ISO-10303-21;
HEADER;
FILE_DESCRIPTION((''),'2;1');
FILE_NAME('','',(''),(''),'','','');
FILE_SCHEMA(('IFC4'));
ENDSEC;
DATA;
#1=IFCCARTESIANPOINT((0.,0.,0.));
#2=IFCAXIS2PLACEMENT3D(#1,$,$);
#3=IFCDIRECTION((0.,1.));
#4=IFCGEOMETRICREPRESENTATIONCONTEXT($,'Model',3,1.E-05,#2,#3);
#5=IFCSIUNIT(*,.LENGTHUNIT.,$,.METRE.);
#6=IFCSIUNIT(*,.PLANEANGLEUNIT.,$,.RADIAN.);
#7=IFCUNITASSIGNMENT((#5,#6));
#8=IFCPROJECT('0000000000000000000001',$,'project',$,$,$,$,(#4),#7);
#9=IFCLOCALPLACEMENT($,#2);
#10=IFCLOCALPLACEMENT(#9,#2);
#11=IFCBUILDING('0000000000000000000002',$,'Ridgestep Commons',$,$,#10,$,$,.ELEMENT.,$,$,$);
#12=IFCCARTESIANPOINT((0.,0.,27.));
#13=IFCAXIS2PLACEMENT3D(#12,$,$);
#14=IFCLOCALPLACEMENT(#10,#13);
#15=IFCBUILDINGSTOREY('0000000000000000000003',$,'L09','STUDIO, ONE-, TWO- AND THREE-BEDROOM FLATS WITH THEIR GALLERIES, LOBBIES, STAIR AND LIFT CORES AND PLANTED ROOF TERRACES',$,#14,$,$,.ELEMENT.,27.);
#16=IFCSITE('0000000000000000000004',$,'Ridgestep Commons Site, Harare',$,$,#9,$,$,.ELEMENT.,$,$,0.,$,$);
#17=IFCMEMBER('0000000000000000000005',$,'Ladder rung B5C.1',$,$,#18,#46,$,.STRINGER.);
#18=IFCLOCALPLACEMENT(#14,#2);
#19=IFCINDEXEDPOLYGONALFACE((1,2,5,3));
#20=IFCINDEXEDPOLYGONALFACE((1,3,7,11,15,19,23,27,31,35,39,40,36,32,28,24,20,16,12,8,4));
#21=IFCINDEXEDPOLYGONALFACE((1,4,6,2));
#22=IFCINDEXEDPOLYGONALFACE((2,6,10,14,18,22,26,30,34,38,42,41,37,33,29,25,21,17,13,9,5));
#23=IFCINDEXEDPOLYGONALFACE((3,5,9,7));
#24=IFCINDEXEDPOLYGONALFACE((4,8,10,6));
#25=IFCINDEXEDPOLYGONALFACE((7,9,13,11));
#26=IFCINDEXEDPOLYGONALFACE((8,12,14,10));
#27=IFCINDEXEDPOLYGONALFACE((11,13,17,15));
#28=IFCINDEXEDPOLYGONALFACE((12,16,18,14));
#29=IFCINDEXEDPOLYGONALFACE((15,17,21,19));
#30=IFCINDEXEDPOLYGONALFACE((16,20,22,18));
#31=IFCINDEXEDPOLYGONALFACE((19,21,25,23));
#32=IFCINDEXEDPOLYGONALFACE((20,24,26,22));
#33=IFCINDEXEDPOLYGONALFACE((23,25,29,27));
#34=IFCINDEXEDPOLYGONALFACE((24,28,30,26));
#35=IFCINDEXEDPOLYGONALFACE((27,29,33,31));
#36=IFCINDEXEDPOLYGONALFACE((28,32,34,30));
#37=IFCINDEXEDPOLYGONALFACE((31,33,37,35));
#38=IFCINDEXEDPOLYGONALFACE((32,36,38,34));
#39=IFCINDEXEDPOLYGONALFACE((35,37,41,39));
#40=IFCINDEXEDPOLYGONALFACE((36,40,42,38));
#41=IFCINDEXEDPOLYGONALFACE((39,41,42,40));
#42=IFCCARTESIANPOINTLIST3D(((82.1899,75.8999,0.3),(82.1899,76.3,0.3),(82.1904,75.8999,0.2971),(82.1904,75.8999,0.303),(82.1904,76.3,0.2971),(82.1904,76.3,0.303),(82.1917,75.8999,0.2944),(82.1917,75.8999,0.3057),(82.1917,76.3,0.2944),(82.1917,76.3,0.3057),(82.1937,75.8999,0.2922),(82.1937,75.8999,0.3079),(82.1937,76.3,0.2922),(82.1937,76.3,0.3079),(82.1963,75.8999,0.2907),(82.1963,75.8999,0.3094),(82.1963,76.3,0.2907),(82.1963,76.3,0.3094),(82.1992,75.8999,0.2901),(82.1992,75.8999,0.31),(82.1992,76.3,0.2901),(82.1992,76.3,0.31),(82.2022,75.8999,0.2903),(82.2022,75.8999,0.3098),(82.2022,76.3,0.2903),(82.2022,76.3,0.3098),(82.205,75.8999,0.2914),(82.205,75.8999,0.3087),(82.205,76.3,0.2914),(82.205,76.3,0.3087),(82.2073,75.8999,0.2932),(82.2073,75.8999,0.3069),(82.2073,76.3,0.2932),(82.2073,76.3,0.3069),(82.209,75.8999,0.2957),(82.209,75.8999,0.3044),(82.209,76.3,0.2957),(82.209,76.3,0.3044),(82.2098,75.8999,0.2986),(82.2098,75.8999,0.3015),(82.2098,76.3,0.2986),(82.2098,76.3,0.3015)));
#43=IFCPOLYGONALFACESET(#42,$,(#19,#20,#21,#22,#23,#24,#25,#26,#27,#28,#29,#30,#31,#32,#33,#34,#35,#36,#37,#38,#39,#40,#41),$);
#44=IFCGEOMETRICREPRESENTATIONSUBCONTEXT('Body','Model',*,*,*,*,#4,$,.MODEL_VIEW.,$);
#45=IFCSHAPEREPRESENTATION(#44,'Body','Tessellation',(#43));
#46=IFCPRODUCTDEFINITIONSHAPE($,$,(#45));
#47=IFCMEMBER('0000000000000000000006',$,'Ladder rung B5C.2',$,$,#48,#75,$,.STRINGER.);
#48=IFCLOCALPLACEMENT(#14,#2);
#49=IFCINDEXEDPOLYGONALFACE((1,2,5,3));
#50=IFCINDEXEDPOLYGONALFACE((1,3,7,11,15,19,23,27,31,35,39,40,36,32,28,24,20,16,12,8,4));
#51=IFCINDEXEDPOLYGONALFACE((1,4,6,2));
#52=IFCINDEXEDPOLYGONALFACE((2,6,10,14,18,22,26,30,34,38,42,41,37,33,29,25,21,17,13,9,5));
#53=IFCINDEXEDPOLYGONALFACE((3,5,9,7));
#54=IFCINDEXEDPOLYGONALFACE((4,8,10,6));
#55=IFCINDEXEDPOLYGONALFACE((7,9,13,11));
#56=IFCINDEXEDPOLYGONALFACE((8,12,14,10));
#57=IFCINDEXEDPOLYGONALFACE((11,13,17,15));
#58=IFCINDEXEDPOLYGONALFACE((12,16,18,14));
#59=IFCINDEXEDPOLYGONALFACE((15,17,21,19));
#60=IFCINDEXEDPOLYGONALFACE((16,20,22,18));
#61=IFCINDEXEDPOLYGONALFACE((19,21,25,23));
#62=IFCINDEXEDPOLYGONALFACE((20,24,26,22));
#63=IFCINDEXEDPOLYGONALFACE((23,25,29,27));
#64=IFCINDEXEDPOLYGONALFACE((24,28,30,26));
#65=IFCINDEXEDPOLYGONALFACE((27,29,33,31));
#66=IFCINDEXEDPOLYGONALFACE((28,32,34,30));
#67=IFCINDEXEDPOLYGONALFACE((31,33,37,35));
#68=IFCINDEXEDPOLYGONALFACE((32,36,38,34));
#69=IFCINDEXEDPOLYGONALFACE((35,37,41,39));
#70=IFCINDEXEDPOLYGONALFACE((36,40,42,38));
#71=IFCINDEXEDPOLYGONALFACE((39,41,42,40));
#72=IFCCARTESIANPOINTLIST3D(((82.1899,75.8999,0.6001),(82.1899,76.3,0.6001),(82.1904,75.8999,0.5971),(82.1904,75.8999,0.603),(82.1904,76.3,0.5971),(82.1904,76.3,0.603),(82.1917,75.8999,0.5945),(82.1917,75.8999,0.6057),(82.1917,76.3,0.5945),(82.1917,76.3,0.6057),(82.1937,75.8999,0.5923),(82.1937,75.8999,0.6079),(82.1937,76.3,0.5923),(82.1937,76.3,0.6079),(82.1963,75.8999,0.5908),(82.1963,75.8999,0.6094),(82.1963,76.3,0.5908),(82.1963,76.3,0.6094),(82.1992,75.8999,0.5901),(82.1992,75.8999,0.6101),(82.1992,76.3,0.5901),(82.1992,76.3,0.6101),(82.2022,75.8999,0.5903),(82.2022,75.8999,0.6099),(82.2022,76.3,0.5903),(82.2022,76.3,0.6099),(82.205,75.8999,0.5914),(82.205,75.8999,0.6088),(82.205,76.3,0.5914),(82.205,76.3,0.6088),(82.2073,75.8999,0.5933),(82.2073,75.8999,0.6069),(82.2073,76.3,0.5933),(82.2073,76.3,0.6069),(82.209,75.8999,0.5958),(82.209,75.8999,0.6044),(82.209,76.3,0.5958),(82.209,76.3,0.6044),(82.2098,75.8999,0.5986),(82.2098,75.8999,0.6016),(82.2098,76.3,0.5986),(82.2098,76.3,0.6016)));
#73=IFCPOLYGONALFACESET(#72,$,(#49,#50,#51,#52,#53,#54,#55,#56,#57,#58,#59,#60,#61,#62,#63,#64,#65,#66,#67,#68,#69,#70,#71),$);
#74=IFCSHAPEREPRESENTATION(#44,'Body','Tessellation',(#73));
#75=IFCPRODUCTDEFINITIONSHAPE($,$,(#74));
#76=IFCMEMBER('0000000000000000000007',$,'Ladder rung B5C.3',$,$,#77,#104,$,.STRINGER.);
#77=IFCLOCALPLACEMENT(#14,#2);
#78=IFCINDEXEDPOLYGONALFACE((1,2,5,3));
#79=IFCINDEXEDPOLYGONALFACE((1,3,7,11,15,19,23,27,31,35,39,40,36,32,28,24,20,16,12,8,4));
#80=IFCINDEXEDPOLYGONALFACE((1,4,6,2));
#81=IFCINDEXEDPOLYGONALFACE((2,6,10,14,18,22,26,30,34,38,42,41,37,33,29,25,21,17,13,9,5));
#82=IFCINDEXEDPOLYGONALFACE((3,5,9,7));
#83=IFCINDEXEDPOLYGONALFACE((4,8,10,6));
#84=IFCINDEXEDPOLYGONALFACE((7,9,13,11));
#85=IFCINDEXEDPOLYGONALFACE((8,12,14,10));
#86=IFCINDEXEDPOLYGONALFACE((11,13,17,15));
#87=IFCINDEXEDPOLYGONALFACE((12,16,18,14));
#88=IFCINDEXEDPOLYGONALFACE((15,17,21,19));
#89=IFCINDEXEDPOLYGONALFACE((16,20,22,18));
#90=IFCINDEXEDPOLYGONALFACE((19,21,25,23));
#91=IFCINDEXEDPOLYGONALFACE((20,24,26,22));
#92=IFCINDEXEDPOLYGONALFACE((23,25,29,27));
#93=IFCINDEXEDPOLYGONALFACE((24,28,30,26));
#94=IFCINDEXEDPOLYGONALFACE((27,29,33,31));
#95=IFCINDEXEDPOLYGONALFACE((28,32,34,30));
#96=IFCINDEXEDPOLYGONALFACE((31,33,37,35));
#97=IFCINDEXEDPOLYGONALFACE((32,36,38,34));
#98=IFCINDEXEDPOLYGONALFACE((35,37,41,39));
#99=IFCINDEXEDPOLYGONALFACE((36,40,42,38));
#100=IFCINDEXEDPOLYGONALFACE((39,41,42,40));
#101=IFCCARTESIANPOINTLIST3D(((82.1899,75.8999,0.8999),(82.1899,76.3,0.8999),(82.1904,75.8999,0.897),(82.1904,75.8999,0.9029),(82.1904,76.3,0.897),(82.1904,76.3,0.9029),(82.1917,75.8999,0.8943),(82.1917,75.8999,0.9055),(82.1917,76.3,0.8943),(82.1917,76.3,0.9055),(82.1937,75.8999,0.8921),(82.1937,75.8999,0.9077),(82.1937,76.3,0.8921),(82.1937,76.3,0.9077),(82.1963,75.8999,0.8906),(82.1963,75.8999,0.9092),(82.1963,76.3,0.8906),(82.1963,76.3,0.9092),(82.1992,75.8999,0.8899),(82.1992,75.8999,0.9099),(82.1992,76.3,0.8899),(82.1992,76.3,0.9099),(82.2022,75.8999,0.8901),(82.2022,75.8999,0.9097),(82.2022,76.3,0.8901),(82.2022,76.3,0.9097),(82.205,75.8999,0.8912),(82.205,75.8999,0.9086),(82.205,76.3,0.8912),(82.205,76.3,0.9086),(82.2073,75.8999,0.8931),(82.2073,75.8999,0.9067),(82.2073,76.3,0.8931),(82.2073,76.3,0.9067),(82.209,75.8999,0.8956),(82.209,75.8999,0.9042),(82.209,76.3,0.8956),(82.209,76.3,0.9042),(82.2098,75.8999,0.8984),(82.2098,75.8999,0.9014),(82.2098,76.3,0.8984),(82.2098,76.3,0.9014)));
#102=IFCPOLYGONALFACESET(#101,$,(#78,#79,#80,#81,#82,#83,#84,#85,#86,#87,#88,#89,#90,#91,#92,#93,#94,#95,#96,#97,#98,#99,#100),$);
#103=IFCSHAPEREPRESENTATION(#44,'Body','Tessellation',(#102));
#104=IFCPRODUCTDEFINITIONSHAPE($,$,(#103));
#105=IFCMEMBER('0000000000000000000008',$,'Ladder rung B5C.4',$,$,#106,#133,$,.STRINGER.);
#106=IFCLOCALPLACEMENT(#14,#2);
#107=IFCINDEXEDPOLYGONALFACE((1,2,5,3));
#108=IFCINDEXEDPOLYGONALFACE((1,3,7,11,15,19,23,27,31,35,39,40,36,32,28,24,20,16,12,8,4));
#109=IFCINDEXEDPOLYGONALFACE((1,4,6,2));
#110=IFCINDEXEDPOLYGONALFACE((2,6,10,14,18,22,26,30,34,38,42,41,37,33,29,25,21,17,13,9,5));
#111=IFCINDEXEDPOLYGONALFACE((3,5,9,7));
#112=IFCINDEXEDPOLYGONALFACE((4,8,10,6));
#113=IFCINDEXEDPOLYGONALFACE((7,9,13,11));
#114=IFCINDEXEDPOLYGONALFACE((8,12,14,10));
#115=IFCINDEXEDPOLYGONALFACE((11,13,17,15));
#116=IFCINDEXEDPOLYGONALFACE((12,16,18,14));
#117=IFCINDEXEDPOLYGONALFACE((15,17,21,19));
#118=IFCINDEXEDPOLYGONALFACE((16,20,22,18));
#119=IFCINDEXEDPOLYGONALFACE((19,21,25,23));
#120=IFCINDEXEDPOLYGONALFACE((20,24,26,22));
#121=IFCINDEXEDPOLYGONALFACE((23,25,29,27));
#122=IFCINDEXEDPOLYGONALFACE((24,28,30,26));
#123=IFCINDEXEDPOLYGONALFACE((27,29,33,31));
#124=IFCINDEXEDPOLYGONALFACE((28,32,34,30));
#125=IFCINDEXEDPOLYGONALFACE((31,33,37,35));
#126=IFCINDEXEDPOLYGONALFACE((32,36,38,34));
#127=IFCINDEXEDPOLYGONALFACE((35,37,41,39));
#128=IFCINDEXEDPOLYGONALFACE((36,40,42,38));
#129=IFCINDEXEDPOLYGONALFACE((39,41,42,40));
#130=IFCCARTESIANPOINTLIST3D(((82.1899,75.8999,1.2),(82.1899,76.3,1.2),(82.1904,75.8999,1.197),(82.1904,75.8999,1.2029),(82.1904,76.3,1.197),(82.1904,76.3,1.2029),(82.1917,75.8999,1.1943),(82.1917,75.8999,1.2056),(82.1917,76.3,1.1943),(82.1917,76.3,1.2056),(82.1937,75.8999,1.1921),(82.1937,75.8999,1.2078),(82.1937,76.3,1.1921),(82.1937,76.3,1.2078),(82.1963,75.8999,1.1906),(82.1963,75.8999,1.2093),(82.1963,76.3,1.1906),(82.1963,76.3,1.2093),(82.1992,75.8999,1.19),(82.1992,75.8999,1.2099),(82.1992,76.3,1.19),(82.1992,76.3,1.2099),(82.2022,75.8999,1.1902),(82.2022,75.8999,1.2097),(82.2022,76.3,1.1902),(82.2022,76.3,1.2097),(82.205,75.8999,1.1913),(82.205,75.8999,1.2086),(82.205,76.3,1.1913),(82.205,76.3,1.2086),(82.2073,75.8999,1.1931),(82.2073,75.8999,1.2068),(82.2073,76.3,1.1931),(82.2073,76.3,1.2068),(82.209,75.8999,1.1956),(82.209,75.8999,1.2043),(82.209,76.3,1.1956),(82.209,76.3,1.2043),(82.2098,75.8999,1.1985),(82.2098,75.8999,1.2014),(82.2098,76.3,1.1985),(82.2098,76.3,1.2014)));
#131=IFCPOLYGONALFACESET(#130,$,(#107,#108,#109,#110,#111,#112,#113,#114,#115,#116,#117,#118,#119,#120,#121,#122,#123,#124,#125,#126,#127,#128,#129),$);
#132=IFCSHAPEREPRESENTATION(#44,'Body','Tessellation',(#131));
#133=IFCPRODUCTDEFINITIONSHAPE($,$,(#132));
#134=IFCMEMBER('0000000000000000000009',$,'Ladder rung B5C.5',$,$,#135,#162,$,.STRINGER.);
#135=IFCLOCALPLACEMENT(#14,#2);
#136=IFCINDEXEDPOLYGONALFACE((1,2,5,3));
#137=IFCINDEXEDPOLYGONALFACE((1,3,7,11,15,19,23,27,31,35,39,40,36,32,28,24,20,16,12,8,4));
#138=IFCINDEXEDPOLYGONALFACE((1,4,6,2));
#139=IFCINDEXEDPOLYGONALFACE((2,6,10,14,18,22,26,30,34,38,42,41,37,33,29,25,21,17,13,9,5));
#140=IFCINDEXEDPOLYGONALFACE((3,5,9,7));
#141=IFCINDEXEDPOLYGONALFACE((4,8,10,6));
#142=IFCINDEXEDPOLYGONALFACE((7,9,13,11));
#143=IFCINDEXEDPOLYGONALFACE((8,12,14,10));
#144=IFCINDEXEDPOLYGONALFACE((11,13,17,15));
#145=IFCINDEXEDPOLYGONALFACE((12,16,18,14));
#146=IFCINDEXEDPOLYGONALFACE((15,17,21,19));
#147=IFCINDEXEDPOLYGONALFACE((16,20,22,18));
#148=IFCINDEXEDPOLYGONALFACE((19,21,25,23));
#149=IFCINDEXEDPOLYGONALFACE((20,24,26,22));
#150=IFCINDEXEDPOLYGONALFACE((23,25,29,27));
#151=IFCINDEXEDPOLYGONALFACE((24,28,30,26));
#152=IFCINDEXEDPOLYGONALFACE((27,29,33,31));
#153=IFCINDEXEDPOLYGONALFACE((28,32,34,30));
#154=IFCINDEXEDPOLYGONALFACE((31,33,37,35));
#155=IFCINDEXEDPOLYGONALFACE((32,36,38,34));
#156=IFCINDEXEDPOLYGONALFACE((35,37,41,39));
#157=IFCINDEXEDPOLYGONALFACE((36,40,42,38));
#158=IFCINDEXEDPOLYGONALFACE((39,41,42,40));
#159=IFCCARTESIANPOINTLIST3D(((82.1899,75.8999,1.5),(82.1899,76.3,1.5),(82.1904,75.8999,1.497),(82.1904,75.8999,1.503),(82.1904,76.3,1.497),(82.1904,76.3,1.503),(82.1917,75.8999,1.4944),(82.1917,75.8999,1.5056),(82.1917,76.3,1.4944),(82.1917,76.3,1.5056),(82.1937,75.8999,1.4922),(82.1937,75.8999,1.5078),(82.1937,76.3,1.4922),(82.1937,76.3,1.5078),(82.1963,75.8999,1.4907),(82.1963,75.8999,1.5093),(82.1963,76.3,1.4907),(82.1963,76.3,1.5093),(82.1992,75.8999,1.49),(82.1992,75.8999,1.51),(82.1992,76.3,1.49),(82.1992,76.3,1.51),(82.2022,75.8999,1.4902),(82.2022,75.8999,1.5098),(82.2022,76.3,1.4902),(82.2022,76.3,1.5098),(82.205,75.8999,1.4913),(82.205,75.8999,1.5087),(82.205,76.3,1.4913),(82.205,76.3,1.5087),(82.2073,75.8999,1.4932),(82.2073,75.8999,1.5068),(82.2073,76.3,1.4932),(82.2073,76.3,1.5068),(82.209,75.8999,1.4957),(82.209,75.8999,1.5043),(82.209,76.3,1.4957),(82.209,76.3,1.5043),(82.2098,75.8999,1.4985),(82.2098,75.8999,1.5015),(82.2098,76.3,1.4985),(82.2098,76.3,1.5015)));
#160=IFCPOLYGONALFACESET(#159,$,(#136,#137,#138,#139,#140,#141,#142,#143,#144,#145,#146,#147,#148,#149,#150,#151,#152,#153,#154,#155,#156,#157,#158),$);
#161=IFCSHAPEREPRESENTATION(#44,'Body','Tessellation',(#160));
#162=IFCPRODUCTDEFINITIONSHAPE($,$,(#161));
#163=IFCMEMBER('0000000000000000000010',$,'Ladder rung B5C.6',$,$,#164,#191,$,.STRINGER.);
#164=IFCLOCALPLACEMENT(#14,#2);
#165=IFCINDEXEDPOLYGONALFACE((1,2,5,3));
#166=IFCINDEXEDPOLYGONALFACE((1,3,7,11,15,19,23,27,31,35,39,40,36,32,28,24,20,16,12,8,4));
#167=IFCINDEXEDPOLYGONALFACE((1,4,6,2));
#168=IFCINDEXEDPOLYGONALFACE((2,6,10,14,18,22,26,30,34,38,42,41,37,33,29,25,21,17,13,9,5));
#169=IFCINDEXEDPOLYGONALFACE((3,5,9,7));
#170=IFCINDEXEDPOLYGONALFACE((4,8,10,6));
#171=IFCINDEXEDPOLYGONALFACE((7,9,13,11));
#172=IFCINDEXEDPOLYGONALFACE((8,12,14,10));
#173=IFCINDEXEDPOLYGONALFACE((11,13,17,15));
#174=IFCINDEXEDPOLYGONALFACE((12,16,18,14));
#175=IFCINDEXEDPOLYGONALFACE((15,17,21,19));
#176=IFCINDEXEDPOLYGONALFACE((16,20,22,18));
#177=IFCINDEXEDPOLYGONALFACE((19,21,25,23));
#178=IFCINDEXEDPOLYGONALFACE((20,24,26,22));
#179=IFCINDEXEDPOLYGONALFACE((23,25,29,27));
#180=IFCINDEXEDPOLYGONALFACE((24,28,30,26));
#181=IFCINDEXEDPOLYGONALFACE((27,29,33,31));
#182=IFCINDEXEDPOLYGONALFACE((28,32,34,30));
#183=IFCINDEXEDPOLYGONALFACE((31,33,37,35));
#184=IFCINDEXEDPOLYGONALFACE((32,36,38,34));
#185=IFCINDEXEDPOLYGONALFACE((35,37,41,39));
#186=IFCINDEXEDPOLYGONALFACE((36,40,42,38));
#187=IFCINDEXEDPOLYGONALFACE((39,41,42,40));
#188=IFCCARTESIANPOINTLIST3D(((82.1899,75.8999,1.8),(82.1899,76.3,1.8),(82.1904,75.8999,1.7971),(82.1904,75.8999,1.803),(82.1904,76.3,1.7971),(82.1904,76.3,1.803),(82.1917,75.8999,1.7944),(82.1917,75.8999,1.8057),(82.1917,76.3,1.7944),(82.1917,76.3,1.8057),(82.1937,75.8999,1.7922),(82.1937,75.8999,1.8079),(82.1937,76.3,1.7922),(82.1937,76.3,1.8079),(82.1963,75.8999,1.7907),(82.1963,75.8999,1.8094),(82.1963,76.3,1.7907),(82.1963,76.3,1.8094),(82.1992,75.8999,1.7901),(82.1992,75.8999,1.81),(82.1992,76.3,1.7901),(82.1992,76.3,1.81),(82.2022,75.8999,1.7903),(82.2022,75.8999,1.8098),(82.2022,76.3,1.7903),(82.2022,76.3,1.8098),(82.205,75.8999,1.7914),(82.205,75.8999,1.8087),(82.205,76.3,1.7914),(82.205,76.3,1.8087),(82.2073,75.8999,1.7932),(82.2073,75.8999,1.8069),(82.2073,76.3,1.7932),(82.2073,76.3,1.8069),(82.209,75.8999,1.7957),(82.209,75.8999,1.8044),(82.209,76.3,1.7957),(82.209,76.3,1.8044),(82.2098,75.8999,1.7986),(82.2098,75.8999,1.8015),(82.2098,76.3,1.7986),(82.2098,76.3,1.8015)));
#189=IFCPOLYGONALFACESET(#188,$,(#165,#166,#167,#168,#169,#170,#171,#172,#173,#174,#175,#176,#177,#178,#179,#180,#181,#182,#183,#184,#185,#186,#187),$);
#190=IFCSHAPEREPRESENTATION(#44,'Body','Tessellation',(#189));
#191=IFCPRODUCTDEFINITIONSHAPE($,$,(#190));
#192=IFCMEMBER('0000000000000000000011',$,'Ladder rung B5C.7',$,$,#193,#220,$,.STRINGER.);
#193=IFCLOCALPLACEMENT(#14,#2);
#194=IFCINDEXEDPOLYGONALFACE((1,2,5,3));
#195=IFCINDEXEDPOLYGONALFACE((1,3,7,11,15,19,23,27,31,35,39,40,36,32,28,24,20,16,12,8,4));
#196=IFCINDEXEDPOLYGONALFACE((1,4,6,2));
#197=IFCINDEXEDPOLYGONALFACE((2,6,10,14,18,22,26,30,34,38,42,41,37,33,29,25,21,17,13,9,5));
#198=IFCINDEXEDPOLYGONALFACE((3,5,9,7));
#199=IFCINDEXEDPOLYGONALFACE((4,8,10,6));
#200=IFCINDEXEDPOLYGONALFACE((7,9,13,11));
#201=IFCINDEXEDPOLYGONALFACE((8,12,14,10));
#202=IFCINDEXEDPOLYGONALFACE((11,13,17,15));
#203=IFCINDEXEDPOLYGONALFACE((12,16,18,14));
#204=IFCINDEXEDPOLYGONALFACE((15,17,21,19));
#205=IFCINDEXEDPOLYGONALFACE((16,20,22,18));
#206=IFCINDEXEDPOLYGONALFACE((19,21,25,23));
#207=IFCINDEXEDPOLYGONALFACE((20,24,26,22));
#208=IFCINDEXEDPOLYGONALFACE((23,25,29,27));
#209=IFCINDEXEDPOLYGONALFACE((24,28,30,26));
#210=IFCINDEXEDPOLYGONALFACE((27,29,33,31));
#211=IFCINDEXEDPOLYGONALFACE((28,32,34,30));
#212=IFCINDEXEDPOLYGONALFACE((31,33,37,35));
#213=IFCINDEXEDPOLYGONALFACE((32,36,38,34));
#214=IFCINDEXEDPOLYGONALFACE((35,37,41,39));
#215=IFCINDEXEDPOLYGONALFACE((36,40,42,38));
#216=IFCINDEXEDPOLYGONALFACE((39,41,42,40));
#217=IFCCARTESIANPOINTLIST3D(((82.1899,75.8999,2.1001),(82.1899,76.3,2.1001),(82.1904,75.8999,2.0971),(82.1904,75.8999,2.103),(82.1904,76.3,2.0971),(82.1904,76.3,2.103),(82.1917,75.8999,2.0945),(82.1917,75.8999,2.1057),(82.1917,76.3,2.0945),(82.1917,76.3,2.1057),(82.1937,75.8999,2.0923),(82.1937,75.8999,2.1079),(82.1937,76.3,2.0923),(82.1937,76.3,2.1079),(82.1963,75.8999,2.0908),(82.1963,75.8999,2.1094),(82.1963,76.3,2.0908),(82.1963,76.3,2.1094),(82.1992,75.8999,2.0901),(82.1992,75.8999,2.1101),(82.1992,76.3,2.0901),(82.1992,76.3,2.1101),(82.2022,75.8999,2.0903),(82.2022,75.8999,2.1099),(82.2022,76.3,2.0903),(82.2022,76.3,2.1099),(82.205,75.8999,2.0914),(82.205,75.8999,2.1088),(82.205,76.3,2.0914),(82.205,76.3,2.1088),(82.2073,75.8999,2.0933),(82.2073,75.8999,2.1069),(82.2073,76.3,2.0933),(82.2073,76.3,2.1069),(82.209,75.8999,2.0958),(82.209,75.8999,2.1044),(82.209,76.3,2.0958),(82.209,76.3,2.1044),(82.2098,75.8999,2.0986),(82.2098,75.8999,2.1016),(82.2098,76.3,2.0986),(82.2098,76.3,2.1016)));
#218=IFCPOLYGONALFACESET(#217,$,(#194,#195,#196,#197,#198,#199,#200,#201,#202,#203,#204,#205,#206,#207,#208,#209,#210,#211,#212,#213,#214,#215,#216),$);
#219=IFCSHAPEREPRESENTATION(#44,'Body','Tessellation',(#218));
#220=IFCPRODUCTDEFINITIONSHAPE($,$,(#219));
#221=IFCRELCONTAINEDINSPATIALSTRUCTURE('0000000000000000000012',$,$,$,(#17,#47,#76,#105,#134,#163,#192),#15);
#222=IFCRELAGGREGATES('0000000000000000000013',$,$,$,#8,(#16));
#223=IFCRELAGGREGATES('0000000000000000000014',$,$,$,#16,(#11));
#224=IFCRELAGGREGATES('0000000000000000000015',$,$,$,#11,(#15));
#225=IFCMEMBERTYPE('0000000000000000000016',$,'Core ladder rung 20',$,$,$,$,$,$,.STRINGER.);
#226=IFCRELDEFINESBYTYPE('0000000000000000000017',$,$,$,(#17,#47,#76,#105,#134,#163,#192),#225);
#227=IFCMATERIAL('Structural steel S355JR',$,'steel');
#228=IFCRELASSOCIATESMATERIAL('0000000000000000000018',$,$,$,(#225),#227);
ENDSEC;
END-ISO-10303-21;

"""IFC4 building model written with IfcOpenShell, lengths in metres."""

from ifc_helpers import new_model, si_unit, direction, frame, origin, origin_2d, place, context, subcontext, project, spatial, circle, extrude, material, material_profile, profile_set, type_object, element, save


model = new_model("IFC4")

# Units and contexts
model_context = context("Model", 3, precision=1e-05, world=origin(), true_north=direction((0.0, 1.0)))
body_context = subcontext(model_context, "Body", "Model", "MODEL_VIEW")
ifc_project = project(units=[si_unit("LENGTHUNIT", "METRE"), si_unit("PLANEANGLEUNIT", "RADIAN")], contexts=[model_context])

# Site, building, storey
site_placement = place(None, origin())
site = spatial("IfcSite", under=ifc_project, at=site_placement, Name="Ridgestep Commons Site, Harare", CompositionType="ELEMENT", RefElevation=0.0)
building_placement = place(site_placement, origin())
building = spatial("IfcBuilding", under=site, at=building_placement, Name="Ridgestep Commons", CompositionType="ELEMENT")
storey_placement = place(building_placement, frame((0.0, 0.0, 27.0)))
storey = spatial("IfcBuildingStorey", under=building, at=storey_placement, Name="L09", Description="STUDIO, ONE-, TWO- AND THREE-BEDROOM FLATS WITH THEIR GALLERIES, LOBBIES, STAIR AND LIFT CORES AND PLANTED ROOF TERRACES", CompositionType="ELEMENT", Elevation=27.0)

# Members
ifc_material_1 = material(Name="Structural steel S355JR", Category="steel")
ifc_material_profile_1 = material_profile(ifc_material_1, circle(Radius=0.01, at=origin_2d()), Name="Round bar 20")
ifc_profile_set_1 = profile_set([ifc_material_profile_1], Name="Structural steel S355JR")
member_type_1 = type_object("IfcMemberType", Name="Core ladder rung 20", PredefinedType="STRINGER", material=ifc_profile_set_1)
for number, where, z_axis, x_axis, name in (
    (1, (82.2, 75.8999, 0.3), (0.0, 1.0, 0.0), (-1.0, 0.0, 0.0), "Ladder rung B5C.1"),
    (2, (82.2, 75.8999, 0.6001), (0.0, 1.0, 0.0), (-1.0, 0.0, 0.0), "Ladder rung B5C.2"),
    (3, (82.2, 75.8999, 0.8999), (0.0, 1.0, 0.0), (-1.0, 0.0, 0.0), "Ladder rung B5C.3"),
    (4, (82.2, 75.8999, 1.2), (0.0, 1.0, 0.0), (-1.0, 0.0, 0.0), "Ladder rung B5C.4"),
    (5, (82.2, 75.8999, 1.5), (0.0, 1.0, 0.0), (-1.0, 0.0, 0.0), "Ladder rung B5C.5"),
    (6, (82.2, 75.8999, 1.8), (0.0, 1.0, 0.0), (-1.0, 0.0, 0.0), "Ladder rung B5C.6"),
    (7, (82.2, 75.8999, 2.1001), (0.0, 1.0, 0.0), (-1.0, 0.0, 0.0), "Ladder rung B5C.7"),
):
    element("IfcMember", number, at=place(storey_placement, frame(where, z_axis=z_axis, x_axis=x_axis)), inside=storey, type_object=member_type_1, Name=name, PredefinedType="STRINGER", context=body_context, shape_type="SweptSolid", body=[
        extrude(circle(Radius=0.01, at=origin_2d()), origin(), (0.0, 0.0, 1.0), 0.4001),
    ])

save(model, "model.ifc")
